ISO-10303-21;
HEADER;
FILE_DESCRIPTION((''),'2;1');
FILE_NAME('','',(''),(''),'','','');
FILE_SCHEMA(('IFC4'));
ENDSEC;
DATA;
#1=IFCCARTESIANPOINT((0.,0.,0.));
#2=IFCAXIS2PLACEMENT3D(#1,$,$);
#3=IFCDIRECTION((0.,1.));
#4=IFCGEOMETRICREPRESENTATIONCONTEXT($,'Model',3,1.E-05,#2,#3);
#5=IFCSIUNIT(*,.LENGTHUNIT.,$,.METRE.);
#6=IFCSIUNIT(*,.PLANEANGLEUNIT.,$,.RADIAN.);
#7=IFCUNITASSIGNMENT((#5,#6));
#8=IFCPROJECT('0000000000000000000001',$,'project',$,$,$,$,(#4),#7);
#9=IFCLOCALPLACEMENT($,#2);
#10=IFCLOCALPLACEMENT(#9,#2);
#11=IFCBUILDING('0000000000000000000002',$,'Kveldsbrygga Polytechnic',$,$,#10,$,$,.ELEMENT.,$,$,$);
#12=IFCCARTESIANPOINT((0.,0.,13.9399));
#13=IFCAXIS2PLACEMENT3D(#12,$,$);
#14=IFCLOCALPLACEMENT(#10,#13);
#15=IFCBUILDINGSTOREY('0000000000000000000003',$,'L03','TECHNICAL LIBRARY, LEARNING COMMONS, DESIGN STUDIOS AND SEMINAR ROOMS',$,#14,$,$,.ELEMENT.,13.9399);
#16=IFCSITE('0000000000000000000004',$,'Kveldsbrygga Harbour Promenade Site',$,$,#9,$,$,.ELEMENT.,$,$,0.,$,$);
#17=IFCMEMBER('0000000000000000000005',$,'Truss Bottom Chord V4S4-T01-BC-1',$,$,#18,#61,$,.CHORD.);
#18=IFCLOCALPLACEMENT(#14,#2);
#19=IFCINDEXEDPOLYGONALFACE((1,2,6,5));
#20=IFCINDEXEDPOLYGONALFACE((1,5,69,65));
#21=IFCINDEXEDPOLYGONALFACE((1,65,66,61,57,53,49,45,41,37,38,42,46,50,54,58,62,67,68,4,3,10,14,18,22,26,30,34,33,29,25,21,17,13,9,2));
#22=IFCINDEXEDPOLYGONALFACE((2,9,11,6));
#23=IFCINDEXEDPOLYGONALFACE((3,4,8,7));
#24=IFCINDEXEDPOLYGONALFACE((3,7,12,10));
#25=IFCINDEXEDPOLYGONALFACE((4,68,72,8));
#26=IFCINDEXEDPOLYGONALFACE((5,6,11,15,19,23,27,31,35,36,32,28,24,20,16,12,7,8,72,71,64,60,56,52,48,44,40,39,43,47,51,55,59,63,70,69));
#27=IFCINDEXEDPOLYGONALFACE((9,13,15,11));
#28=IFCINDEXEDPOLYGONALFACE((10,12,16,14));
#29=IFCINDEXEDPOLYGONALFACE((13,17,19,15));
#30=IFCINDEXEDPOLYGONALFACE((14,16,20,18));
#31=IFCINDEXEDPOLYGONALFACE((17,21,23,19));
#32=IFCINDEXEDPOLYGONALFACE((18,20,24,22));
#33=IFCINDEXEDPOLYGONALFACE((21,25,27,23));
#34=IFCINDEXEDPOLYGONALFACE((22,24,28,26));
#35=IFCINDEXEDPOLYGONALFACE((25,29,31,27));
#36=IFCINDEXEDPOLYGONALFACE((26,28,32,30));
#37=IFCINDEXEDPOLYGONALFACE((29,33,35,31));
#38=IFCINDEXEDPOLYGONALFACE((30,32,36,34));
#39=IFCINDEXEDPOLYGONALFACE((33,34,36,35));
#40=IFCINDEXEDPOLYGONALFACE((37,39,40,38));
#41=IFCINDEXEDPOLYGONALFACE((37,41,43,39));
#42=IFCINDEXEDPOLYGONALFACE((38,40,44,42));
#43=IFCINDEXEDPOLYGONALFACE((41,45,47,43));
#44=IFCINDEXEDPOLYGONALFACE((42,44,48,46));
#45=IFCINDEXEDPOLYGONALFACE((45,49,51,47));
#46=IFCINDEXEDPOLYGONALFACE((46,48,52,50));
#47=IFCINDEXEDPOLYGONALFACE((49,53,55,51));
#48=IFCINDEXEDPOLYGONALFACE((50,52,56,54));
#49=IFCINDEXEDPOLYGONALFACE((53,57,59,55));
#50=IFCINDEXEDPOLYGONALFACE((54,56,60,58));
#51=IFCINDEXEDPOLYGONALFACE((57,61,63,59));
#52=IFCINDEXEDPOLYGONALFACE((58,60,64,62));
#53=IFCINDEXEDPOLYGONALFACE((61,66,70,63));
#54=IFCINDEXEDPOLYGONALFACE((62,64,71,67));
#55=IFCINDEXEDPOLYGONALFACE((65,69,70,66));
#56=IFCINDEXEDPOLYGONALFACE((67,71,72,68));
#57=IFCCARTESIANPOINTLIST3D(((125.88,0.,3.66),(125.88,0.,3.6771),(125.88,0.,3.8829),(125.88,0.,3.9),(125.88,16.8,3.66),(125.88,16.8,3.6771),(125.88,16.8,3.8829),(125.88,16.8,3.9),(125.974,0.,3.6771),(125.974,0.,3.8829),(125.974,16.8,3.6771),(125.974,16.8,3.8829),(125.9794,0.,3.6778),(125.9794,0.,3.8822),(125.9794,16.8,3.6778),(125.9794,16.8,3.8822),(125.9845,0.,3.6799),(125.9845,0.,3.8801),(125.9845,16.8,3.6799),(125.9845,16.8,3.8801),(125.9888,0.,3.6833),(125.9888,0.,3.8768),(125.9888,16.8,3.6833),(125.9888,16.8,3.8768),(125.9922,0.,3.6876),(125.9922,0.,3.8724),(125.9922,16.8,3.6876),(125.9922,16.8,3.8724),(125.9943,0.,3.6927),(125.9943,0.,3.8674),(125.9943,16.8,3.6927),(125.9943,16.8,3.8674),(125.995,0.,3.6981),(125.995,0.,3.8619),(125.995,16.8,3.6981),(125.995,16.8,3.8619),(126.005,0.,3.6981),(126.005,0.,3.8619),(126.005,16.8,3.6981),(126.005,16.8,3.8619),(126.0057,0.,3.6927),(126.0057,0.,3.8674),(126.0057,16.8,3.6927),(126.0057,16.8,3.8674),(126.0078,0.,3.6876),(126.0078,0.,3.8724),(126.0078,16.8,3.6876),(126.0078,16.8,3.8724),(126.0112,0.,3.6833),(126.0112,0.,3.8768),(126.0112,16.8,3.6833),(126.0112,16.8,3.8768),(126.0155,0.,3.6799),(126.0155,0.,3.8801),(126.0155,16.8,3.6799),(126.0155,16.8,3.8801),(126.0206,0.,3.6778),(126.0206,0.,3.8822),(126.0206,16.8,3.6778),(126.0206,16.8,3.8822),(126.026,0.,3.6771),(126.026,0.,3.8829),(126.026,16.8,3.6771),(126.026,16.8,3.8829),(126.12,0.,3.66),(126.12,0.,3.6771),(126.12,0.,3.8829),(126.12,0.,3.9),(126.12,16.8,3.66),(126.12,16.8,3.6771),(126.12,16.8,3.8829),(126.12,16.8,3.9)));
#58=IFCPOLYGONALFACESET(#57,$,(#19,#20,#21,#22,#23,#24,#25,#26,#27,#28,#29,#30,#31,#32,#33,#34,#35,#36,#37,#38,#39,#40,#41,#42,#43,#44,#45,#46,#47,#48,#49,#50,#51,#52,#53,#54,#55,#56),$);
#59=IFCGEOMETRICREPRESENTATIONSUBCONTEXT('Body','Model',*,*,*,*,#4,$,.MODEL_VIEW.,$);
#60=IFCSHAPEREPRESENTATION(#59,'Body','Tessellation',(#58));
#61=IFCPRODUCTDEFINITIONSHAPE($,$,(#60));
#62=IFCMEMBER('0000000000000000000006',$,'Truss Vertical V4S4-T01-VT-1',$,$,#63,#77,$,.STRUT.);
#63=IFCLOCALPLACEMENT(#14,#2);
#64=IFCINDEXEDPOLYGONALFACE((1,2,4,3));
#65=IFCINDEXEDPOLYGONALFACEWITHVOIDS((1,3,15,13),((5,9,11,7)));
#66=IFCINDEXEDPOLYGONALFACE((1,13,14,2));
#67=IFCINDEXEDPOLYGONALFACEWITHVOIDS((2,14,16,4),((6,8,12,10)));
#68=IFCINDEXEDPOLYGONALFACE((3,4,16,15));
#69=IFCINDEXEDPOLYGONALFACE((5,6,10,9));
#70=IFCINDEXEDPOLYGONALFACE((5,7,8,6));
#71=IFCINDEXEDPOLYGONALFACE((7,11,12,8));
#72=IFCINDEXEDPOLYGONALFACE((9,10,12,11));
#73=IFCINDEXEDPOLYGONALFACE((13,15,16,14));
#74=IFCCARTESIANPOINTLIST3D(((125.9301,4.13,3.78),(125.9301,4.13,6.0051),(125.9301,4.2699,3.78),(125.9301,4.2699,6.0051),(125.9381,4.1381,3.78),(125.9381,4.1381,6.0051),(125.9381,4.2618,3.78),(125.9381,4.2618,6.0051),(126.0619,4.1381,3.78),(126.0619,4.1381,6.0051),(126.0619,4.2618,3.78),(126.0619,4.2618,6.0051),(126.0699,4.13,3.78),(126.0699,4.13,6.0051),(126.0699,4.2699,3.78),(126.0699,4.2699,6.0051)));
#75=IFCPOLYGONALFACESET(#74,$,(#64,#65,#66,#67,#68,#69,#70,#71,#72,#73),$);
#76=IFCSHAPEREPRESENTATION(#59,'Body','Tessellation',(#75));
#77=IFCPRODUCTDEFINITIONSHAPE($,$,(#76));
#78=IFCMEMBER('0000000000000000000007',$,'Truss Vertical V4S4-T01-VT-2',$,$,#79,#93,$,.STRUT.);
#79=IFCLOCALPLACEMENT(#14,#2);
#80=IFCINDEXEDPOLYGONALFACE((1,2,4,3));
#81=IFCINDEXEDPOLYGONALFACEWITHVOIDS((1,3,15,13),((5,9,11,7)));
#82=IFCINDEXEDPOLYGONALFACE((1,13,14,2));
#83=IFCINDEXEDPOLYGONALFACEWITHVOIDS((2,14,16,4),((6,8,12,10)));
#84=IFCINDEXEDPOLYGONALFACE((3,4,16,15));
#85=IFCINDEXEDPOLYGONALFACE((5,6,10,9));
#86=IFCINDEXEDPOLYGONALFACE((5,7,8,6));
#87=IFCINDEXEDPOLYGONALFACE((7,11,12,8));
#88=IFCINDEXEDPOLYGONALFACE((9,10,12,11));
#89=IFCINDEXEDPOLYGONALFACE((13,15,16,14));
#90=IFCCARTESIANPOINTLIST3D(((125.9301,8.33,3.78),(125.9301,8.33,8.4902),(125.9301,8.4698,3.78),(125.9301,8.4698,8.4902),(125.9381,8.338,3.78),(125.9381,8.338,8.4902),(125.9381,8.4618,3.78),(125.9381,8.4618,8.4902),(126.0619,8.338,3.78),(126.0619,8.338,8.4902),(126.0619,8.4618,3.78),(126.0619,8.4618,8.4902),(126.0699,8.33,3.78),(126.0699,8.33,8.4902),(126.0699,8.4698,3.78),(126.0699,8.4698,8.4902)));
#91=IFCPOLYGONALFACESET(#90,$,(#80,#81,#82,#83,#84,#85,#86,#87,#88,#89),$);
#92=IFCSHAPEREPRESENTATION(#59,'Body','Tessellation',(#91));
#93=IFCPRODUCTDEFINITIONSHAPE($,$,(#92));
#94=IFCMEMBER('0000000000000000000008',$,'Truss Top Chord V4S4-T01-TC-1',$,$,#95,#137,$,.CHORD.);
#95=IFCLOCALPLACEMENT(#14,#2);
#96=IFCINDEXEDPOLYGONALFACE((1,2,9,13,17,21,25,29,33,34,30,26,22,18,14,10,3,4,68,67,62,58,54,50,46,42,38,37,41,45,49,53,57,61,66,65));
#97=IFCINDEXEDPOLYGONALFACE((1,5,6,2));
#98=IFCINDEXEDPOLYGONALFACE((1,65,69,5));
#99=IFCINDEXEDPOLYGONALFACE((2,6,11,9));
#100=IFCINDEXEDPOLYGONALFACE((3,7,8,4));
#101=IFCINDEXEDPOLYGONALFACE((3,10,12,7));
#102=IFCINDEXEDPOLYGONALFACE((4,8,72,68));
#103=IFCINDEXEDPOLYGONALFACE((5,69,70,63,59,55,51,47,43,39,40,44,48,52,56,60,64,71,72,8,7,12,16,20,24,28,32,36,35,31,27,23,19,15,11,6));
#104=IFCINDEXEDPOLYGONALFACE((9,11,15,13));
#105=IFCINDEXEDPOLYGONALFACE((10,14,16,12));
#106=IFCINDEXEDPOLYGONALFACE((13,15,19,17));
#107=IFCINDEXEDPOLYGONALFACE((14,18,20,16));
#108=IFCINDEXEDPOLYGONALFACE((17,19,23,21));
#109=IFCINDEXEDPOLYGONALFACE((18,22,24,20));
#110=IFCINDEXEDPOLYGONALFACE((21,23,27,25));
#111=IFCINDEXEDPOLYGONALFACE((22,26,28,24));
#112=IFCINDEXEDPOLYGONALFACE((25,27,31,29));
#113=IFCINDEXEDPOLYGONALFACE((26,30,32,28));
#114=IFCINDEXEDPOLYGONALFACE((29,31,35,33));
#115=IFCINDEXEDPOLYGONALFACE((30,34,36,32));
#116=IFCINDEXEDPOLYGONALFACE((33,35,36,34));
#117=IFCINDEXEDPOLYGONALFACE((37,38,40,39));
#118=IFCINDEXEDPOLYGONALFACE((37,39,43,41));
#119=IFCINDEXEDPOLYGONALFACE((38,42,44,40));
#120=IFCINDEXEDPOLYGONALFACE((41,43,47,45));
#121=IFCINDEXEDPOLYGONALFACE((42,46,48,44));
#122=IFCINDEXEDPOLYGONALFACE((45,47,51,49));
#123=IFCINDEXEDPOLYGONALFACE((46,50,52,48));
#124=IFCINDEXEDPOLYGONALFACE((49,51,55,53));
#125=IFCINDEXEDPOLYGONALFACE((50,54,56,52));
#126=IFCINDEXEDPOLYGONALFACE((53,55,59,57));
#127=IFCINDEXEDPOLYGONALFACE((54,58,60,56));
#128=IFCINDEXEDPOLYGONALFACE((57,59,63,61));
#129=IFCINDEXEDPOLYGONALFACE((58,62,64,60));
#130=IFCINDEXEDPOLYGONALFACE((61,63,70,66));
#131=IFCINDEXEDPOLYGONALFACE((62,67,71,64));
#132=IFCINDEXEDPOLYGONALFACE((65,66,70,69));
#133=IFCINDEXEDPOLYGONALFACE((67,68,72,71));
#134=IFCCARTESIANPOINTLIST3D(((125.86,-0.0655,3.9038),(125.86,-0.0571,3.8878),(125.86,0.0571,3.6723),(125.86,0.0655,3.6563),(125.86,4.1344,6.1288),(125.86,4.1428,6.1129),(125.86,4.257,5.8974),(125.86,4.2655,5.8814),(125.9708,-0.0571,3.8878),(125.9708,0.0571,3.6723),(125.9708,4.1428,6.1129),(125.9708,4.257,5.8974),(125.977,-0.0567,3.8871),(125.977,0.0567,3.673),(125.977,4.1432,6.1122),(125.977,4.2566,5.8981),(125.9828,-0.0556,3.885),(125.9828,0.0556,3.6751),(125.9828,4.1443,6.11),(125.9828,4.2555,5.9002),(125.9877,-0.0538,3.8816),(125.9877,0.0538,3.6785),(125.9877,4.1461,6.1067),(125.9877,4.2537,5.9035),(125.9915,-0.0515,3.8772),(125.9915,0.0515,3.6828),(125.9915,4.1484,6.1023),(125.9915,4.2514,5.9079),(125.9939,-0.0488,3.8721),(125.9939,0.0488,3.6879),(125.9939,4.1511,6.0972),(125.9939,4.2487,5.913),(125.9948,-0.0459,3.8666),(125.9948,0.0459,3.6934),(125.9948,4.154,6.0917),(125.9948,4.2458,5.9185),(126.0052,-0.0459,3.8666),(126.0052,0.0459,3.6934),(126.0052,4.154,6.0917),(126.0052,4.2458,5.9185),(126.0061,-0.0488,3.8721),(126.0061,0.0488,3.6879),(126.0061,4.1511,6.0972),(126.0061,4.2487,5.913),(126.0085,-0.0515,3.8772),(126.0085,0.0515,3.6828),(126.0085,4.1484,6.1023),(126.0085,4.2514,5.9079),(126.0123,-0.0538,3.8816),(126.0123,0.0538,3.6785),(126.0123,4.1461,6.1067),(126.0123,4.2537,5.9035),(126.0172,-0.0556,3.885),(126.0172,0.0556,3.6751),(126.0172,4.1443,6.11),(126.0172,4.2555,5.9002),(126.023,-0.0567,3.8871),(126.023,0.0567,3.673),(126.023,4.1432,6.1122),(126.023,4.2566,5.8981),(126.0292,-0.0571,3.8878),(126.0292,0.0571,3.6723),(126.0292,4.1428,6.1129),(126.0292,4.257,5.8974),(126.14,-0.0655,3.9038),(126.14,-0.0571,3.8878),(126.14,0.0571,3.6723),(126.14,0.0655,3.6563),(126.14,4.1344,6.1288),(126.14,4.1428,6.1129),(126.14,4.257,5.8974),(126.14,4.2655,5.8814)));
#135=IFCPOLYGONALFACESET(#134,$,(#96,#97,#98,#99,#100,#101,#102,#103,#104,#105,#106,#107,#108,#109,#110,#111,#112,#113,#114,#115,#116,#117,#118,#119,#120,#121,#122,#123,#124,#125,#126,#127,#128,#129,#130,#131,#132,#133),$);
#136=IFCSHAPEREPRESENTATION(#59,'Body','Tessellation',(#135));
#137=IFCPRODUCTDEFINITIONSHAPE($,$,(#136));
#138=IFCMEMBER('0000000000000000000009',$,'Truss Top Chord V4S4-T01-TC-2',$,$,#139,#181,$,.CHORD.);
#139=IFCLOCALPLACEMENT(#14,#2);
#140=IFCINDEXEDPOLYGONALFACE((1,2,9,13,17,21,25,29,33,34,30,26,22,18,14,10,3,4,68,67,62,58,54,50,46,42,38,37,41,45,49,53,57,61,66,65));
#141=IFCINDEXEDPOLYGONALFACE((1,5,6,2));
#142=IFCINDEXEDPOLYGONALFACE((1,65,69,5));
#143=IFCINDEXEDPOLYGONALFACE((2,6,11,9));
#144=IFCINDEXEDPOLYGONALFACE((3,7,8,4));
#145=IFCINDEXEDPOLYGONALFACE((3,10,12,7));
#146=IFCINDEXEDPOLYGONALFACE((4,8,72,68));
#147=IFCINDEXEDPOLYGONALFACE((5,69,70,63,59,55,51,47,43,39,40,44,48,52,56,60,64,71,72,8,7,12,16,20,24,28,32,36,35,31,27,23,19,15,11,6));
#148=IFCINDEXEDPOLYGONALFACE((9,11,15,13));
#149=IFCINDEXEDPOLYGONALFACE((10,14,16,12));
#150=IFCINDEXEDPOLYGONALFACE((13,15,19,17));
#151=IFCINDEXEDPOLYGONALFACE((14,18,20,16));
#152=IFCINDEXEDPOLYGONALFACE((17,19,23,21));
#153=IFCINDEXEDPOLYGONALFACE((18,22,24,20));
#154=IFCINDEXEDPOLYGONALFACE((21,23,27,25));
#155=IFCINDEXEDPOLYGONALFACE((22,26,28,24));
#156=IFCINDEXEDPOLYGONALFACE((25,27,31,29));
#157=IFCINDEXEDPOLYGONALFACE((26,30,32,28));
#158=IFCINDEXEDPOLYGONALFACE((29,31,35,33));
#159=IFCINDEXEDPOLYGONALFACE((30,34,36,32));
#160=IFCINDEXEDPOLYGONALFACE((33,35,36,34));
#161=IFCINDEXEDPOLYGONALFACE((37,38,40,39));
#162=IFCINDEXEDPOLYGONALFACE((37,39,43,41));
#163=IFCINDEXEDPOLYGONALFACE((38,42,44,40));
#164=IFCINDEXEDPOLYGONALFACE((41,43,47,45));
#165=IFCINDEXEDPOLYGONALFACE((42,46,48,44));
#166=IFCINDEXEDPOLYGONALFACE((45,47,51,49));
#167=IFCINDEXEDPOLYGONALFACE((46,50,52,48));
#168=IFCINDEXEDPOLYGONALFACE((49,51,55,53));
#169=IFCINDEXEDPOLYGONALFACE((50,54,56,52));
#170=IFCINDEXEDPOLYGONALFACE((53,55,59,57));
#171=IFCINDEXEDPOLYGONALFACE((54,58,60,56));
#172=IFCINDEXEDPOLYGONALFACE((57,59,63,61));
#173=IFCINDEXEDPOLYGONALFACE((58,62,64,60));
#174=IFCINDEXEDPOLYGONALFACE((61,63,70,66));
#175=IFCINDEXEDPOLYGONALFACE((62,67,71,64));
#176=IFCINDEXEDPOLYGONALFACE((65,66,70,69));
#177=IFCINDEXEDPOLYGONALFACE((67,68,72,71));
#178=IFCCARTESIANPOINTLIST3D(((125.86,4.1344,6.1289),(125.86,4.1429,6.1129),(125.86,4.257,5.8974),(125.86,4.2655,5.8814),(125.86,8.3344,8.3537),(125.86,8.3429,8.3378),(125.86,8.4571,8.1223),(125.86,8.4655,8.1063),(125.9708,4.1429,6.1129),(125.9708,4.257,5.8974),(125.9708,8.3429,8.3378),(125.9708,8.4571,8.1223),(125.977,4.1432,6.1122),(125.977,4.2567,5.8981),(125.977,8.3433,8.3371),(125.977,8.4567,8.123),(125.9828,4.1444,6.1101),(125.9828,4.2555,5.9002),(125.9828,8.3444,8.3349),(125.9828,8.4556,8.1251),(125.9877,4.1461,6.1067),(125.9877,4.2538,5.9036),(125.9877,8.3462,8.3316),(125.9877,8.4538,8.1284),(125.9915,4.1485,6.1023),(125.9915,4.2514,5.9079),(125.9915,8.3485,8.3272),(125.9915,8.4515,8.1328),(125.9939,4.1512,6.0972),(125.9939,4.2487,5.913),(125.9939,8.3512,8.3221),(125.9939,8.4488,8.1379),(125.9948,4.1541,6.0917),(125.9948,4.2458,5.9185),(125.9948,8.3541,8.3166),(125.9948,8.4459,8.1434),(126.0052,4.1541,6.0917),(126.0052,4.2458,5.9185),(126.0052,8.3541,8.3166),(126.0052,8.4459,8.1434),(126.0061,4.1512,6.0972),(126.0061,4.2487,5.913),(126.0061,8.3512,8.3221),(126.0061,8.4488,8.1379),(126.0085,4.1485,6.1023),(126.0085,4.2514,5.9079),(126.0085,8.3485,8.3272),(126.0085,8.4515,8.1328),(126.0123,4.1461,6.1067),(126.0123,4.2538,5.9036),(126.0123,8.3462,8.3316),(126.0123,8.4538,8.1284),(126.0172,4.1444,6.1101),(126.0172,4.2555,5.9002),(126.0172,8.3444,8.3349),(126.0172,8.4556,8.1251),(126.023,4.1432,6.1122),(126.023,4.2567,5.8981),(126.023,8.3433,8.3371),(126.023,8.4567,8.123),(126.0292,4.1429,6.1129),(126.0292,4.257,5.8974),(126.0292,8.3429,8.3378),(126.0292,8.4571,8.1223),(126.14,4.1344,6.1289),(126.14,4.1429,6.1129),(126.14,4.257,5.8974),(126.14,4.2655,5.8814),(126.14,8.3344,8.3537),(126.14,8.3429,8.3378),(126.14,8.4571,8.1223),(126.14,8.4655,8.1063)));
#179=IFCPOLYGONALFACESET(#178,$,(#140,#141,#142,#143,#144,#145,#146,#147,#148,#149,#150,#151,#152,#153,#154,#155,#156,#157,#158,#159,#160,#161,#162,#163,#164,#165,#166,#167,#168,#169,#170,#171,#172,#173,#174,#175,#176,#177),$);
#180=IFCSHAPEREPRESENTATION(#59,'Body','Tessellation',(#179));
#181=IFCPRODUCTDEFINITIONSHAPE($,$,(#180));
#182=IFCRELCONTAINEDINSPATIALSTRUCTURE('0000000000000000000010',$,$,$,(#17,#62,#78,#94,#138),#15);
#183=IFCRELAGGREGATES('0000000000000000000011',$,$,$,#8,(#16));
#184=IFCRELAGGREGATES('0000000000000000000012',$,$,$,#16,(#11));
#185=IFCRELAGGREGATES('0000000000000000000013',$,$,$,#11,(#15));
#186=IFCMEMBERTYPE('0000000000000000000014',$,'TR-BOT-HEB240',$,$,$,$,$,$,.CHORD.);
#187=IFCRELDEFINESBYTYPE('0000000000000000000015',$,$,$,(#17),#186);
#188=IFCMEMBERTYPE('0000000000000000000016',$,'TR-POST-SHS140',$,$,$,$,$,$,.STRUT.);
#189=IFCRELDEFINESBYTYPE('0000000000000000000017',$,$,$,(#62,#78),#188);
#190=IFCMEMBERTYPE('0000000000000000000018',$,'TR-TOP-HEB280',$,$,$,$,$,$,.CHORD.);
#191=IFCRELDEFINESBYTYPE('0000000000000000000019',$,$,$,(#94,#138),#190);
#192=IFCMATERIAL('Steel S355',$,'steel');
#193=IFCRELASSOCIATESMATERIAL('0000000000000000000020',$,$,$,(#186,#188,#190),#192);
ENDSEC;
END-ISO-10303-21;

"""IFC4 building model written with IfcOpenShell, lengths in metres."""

from ifc_helpers import new_model, si_unit, direction, frame, origin, origin_2d, place, context, subcontext, project, spatial, hollow_rectangle, i_section, extrude, material, material_profile, profile_set, type_object, element, save


model = new_model("IFC4")

# Units and contexts
model_context = context("Model", 3, precision=1e-05, world=origin(), true_north=direction((0.0, 1.0)))
body_context = subcontext(model_context, "Body", "Model", "MODEL_VIEW")
ifc_project = project(units=[si_unit("LENGTHUNIT", "METRE"), si_unit("PLANEANGLEUNIT", "RADIAN")], contexts=[model_context])

# Site, building, storey
site_placement = place(None, origin())
site = spatial("IfcSite", under=ifc_project, at=site_placement, Name="Kveldsbrygga Harbour Promenade Site", CompositionType="ELEMENT", RefElevation=0.0)
building_placement = place(site_placement, origin())
building = spatial("IfcBuilding", under=site, at=building_placement, Name="Kveldsbrygga Polytechnic", CompositionType="ELEMENT")
storey_placement = place(building_placement, frame((0.0, 0.0, 13.9399)))
storey = spatial("IfcBuildingStorey", under=building, at=storey_placement, Name="L03", Description="TECHNICAL LIBRARY, LEARNING COMMONS, DESIGN STUDIOS AND SEMINAR ROOMS", CompositionType="ELEMENT", Elevation=13.9399)

# Members
ifc_material_1 = material(Name="Steel S355", Category="steel")
ifc_material_profile_1 = material_profile(ifc_material_1, i_section(OverallWidth=0.24, OverallDepth=0.24, WebThickness=0.01, FlangeThickness=0.0171, FilletRadius=0.021, at=origin_2d()), Name="HEB 240")
ifc_profile_set_1 = profile_set([ifc_material_profile_1], Name="Steel S355")
member_type_1 = type_object("IfcMemberType", Name="TR-BOT-HEB240", PredefinedType="CHORD", material=ifc_profile_set_1)
member_1_placement = place(storey_placement, frame((126.0, 0.0, 3.78), z_axis=(0.0, 1.0, 0.0), x_axis=(-1.0, 0.0, 0.0)))
element("IfcMember", 1, at=member_1_placement, inside=storey, type_object=member_type_1, Name="Truss Bottom Chord V4S4-T01-BC-1", PredefinedType="CHORD", context=body_context, shape_type="SweptSolid", body=[
    extrude(i_section(OverallWidth=0.24, OverallDepth=0.24, WebThickness=0.01, FlangeThickness=0.0171, FilletRadius=0.021, at=origin_2d()), origin(), (0.0, 0.0, 1.0), 16.8),
])
ifc_material_profile_2 = material_profile(ifc_material_1, hollow_rectangle(XDim=0.1399, YDim=0.1399, WallThickness=0.0081, at=origin_2d()), Name="SHS 140x140x8.0")
ifc_profile_set_2 = profile_set([ifc_material_profile_2], Name="Steel S355")
member_type_2 = type_object("IfcMemberType", Name="TR-POST-SHS140", PredefinedType="STRUT", material=ifc_profile_set_2)
member_2_placement = place(storey_placement, frame((126.0, 4.2, 3.78), z_axis=(0.0, 0.0, 1.0), x_axis=(1.0, 0.0, 0.0)))
element("IfcMember", 2, at=member_2_placement, inside=storey, type_object=member_type_2, Name="Truss Vertical V4S4-T01-VT-1", PredefinedType="STRUT", context=body_context, shape_type="SweptSolid", body=[
    extrude(hollow_rectangle(XDim=0.1399, YDim=0.1399, WallThickness=0.0081, at=origin_2d()), origin(), (0.0, 0.0, 1.0), 2.2251),
])
member_3_placement = place(storey_placement, frame((126.0, 8.3999, 3.78), z_axis=(0.0, 0.0, 1.0), x_axis=(1.0, 0.0, 0.0)))
element("IfcMember", 3, at=member_3_placement, inside=storey, type_object=member_type_2, Name="Truss Vertical V4S4-T01-VT-2", PredefinedType="STRUT", context=body_context, shape_type="SweptSolid", body=[
    extrude(hollow_rectangle(XDim=0.1399, YDim=0.1399, WallThickness=0.0081, at=origin_2d()), origin(), (0.0, 0.0, 1.0), 4.7102),
])
ifc_material_profile_3 = material_profile(ifc_material_1, i_section(OverallWidth=0.28, OverallDepth=0.28, WebThickness=0.0105, FlangeThickness=0.0181, FilletRadius=0.0239, at=origin_2d()), Name="HEB 280")
ifc_profile_set_3 = profile_set([ifc_material_profile_3], Name="Steel S355")
member_type_3 = type_object("IfcMemberType", Name="TR-TOP-HEB280", PredefinedType="CHORD", material=ifc_profile_set_3)
for number, where, z_axis, x_axis, name in (
    (4, (126.0, 0.0, 3.78), (0.0, 0.883649, 0.46815), (-1.0, 0.0, 0.0), "Truss Top Chord V4S4-T01-TC-1"),
    (5, (126.0, 4.2, 6.0051), (0.0, 0.88367, 0.46811), (-1.0, 0.0, 0.0), "Truss Top Chord V4S4-T01-TC-2"),
):
    element("IfcMember", number, at=place(storey_placement, frame(where, z_axis=z_axis, x_axis=x_axis)), inside=storey, type_object=member_type_3, Name=name, PredefinedType="CHORD", context=body_context, shape_type="SweptSolid", body=[
        extrude(i_section(OverallWidth=0.28, OverallDepth=0.28, WebThickness=0.0105, FlangeThickness=0.0181, FilletRadius=0.0239, at=origin_2d()), origin(), (0.0, 0.0, 1.0), 4.7529),
    ])

save(model, "model.ifc")
